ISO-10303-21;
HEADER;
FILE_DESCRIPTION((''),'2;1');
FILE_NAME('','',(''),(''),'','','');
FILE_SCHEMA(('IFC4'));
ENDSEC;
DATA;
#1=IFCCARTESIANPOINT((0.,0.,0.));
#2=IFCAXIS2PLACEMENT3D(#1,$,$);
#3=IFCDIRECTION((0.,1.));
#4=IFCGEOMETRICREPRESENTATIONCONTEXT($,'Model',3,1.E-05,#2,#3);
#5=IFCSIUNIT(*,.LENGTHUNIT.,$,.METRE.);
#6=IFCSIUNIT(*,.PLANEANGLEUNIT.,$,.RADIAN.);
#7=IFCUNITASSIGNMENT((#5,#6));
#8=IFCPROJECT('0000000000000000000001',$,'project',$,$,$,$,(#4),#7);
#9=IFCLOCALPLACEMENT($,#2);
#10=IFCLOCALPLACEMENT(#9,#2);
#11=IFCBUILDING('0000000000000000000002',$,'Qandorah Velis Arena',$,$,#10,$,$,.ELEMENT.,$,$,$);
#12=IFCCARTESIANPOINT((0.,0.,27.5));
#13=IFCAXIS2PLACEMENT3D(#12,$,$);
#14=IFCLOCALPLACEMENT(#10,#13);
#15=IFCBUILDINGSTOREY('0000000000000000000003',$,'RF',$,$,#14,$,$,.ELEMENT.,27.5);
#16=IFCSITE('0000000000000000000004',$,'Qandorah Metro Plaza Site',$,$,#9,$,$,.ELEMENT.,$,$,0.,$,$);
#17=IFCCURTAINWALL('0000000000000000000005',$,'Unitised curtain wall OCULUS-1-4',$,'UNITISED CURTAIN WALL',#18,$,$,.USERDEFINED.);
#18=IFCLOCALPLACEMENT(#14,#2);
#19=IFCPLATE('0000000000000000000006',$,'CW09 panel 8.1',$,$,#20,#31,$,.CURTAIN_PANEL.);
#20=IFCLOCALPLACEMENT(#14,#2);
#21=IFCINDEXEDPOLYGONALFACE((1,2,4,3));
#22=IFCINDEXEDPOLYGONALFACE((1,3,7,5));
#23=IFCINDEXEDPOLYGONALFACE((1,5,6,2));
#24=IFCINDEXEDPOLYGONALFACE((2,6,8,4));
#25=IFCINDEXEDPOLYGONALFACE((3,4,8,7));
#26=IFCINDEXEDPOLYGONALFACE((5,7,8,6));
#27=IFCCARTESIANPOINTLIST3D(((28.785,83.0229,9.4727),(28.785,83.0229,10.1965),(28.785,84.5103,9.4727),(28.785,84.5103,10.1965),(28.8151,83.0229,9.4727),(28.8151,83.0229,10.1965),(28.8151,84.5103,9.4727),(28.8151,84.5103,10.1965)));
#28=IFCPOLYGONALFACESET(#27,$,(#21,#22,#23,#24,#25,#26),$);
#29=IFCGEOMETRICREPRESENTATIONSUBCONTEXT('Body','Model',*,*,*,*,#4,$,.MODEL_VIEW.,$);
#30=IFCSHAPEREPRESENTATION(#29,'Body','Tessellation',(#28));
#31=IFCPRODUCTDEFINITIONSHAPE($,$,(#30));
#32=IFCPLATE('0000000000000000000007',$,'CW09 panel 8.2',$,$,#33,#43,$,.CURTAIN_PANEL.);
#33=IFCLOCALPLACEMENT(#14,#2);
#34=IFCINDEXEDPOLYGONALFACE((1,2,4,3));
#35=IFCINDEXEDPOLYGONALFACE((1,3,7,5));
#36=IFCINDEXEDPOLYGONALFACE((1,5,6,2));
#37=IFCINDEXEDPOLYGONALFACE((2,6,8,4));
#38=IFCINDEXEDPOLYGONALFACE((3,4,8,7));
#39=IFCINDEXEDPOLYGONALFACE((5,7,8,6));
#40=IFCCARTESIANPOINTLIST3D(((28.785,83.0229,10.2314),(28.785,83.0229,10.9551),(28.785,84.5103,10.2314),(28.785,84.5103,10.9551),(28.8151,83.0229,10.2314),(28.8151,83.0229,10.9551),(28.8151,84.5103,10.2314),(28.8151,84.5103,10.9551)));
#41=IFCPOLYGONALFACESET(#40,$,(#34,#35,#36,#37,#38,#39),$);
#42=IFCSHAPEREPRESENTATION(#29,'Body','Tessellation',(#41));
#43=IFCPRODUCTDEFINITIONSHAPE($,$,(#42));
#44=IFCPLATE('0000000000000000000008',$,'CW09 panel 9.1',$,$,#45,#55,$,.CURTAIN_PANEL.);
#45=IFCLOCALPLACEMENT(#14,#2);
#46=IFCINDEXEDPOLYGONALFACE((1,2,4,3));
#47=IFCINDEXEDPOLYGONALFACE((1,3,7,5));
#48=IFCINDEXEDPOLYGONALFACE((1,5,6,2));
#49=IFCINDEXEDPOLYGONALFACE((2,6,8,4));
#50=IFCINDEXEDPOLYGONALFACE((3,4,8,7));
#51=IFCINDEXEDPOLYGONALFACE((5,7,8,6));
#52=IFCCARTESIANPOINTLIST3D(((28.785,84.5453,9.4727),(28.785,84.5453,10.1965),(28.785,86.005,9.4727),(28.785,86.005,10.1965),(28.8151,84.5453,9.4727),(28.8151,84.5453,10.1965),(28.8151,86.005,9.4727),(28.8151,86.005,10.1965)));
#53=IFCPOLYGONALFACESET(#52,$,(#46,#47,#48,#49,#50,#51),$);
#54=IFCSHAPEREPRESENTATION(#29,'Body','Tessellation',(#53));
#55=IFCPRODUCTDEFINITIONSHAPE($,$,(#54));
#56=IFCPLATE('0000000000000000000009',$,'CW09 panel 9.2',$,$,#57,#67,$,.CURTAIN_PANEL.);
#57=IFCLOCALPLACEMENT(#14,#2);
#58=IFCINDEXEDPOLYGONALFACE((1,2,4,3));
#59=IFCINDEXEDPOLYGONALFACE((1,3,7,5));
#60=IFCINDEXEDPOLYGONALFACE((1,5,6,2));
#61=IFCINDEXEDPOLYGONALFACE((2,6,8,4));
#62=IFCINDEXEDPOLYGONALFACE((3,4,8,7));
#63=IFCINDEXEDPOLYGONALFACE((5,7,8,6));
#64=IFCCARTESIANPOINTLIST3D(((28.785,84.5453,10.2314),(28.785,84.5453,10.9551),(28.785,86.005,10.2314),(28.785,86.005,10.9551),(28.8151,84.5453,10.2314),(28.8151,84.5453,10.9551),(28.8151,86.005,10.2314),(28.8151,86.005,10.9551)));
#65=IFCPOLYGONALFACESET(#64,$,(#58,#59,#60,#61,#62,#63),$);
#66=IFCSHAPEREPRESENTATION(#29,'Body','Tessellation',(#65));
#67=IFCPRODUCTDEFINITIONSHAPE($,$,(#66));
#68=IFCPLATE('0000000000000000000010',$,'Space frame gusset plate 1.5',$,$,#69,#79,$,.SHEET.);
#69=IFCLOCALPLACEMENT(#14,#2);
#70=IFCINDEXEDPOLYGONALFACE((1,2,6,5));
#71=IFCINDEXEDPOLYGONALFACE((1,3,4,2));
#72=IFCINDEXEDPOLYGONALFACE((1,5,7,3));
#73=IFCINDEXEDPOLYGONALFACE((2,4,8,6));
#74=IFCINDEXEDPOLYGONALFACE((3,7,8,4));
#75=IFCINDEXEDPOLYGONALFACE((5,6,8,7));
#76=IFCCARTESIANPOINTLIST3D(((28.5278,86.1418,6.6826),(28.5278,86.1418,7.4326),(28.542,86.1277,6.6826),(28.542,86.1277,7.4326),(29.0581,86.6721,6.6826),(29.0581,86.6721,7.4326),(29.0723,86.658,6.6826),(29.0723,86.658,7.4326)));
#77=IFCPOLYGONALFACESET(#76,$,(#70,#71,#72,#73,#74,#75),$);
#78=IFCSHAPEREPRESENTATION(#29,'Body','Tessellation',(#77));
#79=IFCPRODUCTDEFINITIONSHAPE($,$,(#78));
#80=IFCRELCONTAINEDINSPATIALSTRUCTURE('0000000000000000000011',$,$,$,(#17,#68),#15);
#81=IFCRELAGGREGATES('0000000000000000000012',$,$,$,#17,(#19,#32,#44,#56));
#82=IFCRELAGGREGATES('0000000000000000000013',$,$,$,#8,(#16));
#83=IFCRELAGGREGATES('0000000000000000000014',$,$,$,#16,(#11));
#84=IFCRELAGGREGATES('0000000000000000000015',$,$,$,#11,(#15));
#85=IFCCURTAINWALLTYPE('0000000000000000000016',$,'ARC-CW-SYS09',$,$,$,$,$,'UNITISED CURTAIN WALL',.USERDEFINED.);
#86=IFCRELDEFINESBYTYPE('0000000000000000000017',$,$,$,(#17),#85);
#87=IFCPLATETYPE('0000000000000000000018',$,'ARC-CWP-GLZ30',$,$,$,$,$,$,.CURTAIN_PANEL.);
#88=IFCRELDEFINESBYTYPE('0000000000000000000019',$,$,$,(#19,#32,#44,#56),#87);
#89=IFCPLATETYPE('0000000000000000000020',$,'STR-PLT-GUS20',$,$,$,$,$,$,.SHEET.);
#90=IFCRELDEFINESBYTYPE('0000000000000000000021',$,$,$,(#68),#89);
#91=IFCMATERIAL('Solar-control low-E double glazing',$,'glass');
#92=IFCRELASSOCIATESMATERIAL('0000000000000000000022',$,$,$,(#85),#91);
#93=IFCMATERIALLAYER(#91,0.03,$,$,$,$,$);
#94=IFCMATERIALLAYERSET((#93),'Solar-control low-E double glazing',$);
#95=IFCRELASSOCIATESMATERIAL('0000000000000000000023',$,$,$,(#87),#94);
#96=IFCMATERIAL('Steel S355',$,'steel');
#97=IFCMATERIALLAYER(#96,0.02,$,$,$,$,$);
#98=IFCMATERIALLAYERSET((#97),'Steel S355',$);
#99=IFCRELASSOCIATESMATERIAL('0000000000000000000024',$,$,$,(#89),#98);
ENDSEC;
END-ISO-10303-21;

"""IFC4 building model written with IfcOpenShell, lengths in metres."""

from ifc_helpers import new_model, si_unit, direction, frame, origin, origin_2d, place, context, subcontext, project, spatial, rectangle, extrude, material, layer, layer_set, type_object, element, aggregate, save


model = new_model("IFC4")

# Units and contexts
model_context = context("Model", 3, precision=1e-05, world=origin(), true_north=direction((0.0, 1.0)))
body_context = subcontext(model_context, "Body", "Model", "MODEL_VIEW")
ifc_project = project(units=[si_unit("LENGTHUNIT", "METRE"), si_unit("PLANEANGLEUNIT", "RADIAN")], contexts=[model_context])

# Site, building, storey
site_placement = place(None, origin())
site = spatial("IfcSite", under=ifc_project, at=site_placement, Name="Qandorah Metro Plaza Site", CompositionType="ELEMENT", RefElevation=0.0)
building_placement = place(site_placement, origin())
building = spatial("IfcBuilding", under=site, at=building_placement, Name="Qandorah Velis Arena", CompositionType="ELEMENT")
storey_placement = place(building_placement, frame((0.0, 0.0, 27.5)))
storey = spatial("IfcBuildingStorey", under=building, at=storey_placement, Name="RF", CompositionType="ELEMENT", Elevation=27.5)

# Curtain wall
ifc_material_1 = material(Name="Solar-control low-E double glazing", Category="glass")
curtain_wall_type_1 = type_object("IfcCurtainWallType", Name="ARC-CW-SYS09", ElementType="UNITISED CURTAIN WALL", PredefinedType="USERDEFINED", material=ifc_material_1)
curtain_wall_1_placement = place(storey_placement, origin())
curtain_wall_1 = element("IfcCurtainWall", 1, at=curtain_wall_1_placement, inside=storey, type_object=curtain_wall_type_1, Name="Unitised curtain wall OCULUS-1-4", ObjectType="UNITISED CURTAIN WALL", PredefinedType="USERDEFINED")

# Shared definitions
ifc_material_2 = material(Name="Steel S355", Category="steel")

# Plates
ifc_layer_1 = layer(ifc_material_1, 0.03)
ifc_layer_set_1 = layer_set([ifc_layer_1], Name="Solar-control low-E double glazing")
plate_type_1 = type_object("IfcPlateType", Name="ARC-CWP-GLZ30", PredefinedType="CURTAIN_PANEL", material=ifc_layer_set_1)
plate_1_placement = place(storey_placement, frame((28.8, 83.7666, 9.4727), z_axis=(0.0, 0.0, 1.0), x_axis=(0.0, 1.0, 0.0)))
plate_1 = element("IfcPlate", 2, at=plate_1_placement, type_object=plate_type_1, Name="CW09 panel 8.1", PredefinedType="CURTAIN_PANEL", context=body_context, shape_type="SweptSolid", body=[
    extrude(rectangle(XDim=1.4873, YDim=0.03, at=origin_2d()), origin(), (0.0, 0.0, 1.0), 0.7239),
])
plate_2_placement = place(storey_placement, frame((28.8, 83.7666, 10.2314), z_axis=(0.0, 0.0, 1.0), x_axis=(0.0, 1.0, 0.0)))
plate_2 = element("IfcPlate", 3, at=plate_2_placement, type_object=plate_type_1, Name="CW09 panel 8.2", PredefinedType="CURTAIN_PANEL", context=body_context, shape_type="SweptSolid", body=[
    extrude(rectangle(XDim=1.4873, YDim=0.03, at=origin_2d()), origin(), (0.0, 0.0, 1.0), 0.7236),
])
plate_3_placement = place(storey_placement, frame((28.8, 85.2751, 9.4727), z_axis=(0.0, 0.0, 1.0), x_axis=(0.0, 1.0, 0.0)))
plate_3 = element("IfcPlate", 4, at=plate_3_placement, type_object=plate_type_1, Name="CW09 panel 9.1", PredefinedType="CURTAIN_PANEL", context=body_context, shape_type="SweptSolid", body=[
    extrude(rectangle(XDim=1.4597, YDim=0.03, at=origin_2d()), origin(), (0.0, 0.0, 1.0), 0.7239),
])
plate_4_placement = place(storey_placement, frame((28.8, 85.2751, 10.2314), z_axis=(0.0, 0.0, 1.0), x_axis=(0.0, 1.0, 0.0)))
plate_4 = element("IfcPlate", 5, at=plate_4_placement, type_object=plate_type_1, Name="CW09 panel 9.2", PredefinedType="CURTAIN_PANEL", context=body_context, shape_type="SweptSolid", body=[
    extrude(rectangle(XDim=1.4597, YDim=0.03, at=origin_2d()), origin(), (0.0, 0.0, 1.0), 0.7236),
])
aggregate(curtain_wall_1, [plate_1, plate_2, plate_3, plate_4])
ifc_layer_2 = layer(ifc_material_2, 0.02)
ifc_layer_set_2 = layer_set([ifc_layer_2], Name="Steel S355")
plate_type_2 = type_object("IfcPlateType", Name="STR-PLT-GUS20", PredefinedType="SHEET", material=ifc_layer_set_2)
plate_5_placement = place(storey_placement, frame((28.8, 86.3999, 6.6826), z_axis=(0.0, 0.0, 1.0), x_axis=(0.707107, 0.707107, 0.0)))
element("IfcPlate", 6, at=plate_5_placement, inside=storey, type_object=plate_type_2, Name="Space frame gusset plate 1.5", PredefinedType="SHEET", context=body_context, shape_type="SweptSolid", body=[
    extrude(rectangle(XDim=0.75, YDim=0.02, at=origin_2d()), origin(), (0.0, 0.0, 1.0), 0.75),
])

save(model, "model.ifc")
